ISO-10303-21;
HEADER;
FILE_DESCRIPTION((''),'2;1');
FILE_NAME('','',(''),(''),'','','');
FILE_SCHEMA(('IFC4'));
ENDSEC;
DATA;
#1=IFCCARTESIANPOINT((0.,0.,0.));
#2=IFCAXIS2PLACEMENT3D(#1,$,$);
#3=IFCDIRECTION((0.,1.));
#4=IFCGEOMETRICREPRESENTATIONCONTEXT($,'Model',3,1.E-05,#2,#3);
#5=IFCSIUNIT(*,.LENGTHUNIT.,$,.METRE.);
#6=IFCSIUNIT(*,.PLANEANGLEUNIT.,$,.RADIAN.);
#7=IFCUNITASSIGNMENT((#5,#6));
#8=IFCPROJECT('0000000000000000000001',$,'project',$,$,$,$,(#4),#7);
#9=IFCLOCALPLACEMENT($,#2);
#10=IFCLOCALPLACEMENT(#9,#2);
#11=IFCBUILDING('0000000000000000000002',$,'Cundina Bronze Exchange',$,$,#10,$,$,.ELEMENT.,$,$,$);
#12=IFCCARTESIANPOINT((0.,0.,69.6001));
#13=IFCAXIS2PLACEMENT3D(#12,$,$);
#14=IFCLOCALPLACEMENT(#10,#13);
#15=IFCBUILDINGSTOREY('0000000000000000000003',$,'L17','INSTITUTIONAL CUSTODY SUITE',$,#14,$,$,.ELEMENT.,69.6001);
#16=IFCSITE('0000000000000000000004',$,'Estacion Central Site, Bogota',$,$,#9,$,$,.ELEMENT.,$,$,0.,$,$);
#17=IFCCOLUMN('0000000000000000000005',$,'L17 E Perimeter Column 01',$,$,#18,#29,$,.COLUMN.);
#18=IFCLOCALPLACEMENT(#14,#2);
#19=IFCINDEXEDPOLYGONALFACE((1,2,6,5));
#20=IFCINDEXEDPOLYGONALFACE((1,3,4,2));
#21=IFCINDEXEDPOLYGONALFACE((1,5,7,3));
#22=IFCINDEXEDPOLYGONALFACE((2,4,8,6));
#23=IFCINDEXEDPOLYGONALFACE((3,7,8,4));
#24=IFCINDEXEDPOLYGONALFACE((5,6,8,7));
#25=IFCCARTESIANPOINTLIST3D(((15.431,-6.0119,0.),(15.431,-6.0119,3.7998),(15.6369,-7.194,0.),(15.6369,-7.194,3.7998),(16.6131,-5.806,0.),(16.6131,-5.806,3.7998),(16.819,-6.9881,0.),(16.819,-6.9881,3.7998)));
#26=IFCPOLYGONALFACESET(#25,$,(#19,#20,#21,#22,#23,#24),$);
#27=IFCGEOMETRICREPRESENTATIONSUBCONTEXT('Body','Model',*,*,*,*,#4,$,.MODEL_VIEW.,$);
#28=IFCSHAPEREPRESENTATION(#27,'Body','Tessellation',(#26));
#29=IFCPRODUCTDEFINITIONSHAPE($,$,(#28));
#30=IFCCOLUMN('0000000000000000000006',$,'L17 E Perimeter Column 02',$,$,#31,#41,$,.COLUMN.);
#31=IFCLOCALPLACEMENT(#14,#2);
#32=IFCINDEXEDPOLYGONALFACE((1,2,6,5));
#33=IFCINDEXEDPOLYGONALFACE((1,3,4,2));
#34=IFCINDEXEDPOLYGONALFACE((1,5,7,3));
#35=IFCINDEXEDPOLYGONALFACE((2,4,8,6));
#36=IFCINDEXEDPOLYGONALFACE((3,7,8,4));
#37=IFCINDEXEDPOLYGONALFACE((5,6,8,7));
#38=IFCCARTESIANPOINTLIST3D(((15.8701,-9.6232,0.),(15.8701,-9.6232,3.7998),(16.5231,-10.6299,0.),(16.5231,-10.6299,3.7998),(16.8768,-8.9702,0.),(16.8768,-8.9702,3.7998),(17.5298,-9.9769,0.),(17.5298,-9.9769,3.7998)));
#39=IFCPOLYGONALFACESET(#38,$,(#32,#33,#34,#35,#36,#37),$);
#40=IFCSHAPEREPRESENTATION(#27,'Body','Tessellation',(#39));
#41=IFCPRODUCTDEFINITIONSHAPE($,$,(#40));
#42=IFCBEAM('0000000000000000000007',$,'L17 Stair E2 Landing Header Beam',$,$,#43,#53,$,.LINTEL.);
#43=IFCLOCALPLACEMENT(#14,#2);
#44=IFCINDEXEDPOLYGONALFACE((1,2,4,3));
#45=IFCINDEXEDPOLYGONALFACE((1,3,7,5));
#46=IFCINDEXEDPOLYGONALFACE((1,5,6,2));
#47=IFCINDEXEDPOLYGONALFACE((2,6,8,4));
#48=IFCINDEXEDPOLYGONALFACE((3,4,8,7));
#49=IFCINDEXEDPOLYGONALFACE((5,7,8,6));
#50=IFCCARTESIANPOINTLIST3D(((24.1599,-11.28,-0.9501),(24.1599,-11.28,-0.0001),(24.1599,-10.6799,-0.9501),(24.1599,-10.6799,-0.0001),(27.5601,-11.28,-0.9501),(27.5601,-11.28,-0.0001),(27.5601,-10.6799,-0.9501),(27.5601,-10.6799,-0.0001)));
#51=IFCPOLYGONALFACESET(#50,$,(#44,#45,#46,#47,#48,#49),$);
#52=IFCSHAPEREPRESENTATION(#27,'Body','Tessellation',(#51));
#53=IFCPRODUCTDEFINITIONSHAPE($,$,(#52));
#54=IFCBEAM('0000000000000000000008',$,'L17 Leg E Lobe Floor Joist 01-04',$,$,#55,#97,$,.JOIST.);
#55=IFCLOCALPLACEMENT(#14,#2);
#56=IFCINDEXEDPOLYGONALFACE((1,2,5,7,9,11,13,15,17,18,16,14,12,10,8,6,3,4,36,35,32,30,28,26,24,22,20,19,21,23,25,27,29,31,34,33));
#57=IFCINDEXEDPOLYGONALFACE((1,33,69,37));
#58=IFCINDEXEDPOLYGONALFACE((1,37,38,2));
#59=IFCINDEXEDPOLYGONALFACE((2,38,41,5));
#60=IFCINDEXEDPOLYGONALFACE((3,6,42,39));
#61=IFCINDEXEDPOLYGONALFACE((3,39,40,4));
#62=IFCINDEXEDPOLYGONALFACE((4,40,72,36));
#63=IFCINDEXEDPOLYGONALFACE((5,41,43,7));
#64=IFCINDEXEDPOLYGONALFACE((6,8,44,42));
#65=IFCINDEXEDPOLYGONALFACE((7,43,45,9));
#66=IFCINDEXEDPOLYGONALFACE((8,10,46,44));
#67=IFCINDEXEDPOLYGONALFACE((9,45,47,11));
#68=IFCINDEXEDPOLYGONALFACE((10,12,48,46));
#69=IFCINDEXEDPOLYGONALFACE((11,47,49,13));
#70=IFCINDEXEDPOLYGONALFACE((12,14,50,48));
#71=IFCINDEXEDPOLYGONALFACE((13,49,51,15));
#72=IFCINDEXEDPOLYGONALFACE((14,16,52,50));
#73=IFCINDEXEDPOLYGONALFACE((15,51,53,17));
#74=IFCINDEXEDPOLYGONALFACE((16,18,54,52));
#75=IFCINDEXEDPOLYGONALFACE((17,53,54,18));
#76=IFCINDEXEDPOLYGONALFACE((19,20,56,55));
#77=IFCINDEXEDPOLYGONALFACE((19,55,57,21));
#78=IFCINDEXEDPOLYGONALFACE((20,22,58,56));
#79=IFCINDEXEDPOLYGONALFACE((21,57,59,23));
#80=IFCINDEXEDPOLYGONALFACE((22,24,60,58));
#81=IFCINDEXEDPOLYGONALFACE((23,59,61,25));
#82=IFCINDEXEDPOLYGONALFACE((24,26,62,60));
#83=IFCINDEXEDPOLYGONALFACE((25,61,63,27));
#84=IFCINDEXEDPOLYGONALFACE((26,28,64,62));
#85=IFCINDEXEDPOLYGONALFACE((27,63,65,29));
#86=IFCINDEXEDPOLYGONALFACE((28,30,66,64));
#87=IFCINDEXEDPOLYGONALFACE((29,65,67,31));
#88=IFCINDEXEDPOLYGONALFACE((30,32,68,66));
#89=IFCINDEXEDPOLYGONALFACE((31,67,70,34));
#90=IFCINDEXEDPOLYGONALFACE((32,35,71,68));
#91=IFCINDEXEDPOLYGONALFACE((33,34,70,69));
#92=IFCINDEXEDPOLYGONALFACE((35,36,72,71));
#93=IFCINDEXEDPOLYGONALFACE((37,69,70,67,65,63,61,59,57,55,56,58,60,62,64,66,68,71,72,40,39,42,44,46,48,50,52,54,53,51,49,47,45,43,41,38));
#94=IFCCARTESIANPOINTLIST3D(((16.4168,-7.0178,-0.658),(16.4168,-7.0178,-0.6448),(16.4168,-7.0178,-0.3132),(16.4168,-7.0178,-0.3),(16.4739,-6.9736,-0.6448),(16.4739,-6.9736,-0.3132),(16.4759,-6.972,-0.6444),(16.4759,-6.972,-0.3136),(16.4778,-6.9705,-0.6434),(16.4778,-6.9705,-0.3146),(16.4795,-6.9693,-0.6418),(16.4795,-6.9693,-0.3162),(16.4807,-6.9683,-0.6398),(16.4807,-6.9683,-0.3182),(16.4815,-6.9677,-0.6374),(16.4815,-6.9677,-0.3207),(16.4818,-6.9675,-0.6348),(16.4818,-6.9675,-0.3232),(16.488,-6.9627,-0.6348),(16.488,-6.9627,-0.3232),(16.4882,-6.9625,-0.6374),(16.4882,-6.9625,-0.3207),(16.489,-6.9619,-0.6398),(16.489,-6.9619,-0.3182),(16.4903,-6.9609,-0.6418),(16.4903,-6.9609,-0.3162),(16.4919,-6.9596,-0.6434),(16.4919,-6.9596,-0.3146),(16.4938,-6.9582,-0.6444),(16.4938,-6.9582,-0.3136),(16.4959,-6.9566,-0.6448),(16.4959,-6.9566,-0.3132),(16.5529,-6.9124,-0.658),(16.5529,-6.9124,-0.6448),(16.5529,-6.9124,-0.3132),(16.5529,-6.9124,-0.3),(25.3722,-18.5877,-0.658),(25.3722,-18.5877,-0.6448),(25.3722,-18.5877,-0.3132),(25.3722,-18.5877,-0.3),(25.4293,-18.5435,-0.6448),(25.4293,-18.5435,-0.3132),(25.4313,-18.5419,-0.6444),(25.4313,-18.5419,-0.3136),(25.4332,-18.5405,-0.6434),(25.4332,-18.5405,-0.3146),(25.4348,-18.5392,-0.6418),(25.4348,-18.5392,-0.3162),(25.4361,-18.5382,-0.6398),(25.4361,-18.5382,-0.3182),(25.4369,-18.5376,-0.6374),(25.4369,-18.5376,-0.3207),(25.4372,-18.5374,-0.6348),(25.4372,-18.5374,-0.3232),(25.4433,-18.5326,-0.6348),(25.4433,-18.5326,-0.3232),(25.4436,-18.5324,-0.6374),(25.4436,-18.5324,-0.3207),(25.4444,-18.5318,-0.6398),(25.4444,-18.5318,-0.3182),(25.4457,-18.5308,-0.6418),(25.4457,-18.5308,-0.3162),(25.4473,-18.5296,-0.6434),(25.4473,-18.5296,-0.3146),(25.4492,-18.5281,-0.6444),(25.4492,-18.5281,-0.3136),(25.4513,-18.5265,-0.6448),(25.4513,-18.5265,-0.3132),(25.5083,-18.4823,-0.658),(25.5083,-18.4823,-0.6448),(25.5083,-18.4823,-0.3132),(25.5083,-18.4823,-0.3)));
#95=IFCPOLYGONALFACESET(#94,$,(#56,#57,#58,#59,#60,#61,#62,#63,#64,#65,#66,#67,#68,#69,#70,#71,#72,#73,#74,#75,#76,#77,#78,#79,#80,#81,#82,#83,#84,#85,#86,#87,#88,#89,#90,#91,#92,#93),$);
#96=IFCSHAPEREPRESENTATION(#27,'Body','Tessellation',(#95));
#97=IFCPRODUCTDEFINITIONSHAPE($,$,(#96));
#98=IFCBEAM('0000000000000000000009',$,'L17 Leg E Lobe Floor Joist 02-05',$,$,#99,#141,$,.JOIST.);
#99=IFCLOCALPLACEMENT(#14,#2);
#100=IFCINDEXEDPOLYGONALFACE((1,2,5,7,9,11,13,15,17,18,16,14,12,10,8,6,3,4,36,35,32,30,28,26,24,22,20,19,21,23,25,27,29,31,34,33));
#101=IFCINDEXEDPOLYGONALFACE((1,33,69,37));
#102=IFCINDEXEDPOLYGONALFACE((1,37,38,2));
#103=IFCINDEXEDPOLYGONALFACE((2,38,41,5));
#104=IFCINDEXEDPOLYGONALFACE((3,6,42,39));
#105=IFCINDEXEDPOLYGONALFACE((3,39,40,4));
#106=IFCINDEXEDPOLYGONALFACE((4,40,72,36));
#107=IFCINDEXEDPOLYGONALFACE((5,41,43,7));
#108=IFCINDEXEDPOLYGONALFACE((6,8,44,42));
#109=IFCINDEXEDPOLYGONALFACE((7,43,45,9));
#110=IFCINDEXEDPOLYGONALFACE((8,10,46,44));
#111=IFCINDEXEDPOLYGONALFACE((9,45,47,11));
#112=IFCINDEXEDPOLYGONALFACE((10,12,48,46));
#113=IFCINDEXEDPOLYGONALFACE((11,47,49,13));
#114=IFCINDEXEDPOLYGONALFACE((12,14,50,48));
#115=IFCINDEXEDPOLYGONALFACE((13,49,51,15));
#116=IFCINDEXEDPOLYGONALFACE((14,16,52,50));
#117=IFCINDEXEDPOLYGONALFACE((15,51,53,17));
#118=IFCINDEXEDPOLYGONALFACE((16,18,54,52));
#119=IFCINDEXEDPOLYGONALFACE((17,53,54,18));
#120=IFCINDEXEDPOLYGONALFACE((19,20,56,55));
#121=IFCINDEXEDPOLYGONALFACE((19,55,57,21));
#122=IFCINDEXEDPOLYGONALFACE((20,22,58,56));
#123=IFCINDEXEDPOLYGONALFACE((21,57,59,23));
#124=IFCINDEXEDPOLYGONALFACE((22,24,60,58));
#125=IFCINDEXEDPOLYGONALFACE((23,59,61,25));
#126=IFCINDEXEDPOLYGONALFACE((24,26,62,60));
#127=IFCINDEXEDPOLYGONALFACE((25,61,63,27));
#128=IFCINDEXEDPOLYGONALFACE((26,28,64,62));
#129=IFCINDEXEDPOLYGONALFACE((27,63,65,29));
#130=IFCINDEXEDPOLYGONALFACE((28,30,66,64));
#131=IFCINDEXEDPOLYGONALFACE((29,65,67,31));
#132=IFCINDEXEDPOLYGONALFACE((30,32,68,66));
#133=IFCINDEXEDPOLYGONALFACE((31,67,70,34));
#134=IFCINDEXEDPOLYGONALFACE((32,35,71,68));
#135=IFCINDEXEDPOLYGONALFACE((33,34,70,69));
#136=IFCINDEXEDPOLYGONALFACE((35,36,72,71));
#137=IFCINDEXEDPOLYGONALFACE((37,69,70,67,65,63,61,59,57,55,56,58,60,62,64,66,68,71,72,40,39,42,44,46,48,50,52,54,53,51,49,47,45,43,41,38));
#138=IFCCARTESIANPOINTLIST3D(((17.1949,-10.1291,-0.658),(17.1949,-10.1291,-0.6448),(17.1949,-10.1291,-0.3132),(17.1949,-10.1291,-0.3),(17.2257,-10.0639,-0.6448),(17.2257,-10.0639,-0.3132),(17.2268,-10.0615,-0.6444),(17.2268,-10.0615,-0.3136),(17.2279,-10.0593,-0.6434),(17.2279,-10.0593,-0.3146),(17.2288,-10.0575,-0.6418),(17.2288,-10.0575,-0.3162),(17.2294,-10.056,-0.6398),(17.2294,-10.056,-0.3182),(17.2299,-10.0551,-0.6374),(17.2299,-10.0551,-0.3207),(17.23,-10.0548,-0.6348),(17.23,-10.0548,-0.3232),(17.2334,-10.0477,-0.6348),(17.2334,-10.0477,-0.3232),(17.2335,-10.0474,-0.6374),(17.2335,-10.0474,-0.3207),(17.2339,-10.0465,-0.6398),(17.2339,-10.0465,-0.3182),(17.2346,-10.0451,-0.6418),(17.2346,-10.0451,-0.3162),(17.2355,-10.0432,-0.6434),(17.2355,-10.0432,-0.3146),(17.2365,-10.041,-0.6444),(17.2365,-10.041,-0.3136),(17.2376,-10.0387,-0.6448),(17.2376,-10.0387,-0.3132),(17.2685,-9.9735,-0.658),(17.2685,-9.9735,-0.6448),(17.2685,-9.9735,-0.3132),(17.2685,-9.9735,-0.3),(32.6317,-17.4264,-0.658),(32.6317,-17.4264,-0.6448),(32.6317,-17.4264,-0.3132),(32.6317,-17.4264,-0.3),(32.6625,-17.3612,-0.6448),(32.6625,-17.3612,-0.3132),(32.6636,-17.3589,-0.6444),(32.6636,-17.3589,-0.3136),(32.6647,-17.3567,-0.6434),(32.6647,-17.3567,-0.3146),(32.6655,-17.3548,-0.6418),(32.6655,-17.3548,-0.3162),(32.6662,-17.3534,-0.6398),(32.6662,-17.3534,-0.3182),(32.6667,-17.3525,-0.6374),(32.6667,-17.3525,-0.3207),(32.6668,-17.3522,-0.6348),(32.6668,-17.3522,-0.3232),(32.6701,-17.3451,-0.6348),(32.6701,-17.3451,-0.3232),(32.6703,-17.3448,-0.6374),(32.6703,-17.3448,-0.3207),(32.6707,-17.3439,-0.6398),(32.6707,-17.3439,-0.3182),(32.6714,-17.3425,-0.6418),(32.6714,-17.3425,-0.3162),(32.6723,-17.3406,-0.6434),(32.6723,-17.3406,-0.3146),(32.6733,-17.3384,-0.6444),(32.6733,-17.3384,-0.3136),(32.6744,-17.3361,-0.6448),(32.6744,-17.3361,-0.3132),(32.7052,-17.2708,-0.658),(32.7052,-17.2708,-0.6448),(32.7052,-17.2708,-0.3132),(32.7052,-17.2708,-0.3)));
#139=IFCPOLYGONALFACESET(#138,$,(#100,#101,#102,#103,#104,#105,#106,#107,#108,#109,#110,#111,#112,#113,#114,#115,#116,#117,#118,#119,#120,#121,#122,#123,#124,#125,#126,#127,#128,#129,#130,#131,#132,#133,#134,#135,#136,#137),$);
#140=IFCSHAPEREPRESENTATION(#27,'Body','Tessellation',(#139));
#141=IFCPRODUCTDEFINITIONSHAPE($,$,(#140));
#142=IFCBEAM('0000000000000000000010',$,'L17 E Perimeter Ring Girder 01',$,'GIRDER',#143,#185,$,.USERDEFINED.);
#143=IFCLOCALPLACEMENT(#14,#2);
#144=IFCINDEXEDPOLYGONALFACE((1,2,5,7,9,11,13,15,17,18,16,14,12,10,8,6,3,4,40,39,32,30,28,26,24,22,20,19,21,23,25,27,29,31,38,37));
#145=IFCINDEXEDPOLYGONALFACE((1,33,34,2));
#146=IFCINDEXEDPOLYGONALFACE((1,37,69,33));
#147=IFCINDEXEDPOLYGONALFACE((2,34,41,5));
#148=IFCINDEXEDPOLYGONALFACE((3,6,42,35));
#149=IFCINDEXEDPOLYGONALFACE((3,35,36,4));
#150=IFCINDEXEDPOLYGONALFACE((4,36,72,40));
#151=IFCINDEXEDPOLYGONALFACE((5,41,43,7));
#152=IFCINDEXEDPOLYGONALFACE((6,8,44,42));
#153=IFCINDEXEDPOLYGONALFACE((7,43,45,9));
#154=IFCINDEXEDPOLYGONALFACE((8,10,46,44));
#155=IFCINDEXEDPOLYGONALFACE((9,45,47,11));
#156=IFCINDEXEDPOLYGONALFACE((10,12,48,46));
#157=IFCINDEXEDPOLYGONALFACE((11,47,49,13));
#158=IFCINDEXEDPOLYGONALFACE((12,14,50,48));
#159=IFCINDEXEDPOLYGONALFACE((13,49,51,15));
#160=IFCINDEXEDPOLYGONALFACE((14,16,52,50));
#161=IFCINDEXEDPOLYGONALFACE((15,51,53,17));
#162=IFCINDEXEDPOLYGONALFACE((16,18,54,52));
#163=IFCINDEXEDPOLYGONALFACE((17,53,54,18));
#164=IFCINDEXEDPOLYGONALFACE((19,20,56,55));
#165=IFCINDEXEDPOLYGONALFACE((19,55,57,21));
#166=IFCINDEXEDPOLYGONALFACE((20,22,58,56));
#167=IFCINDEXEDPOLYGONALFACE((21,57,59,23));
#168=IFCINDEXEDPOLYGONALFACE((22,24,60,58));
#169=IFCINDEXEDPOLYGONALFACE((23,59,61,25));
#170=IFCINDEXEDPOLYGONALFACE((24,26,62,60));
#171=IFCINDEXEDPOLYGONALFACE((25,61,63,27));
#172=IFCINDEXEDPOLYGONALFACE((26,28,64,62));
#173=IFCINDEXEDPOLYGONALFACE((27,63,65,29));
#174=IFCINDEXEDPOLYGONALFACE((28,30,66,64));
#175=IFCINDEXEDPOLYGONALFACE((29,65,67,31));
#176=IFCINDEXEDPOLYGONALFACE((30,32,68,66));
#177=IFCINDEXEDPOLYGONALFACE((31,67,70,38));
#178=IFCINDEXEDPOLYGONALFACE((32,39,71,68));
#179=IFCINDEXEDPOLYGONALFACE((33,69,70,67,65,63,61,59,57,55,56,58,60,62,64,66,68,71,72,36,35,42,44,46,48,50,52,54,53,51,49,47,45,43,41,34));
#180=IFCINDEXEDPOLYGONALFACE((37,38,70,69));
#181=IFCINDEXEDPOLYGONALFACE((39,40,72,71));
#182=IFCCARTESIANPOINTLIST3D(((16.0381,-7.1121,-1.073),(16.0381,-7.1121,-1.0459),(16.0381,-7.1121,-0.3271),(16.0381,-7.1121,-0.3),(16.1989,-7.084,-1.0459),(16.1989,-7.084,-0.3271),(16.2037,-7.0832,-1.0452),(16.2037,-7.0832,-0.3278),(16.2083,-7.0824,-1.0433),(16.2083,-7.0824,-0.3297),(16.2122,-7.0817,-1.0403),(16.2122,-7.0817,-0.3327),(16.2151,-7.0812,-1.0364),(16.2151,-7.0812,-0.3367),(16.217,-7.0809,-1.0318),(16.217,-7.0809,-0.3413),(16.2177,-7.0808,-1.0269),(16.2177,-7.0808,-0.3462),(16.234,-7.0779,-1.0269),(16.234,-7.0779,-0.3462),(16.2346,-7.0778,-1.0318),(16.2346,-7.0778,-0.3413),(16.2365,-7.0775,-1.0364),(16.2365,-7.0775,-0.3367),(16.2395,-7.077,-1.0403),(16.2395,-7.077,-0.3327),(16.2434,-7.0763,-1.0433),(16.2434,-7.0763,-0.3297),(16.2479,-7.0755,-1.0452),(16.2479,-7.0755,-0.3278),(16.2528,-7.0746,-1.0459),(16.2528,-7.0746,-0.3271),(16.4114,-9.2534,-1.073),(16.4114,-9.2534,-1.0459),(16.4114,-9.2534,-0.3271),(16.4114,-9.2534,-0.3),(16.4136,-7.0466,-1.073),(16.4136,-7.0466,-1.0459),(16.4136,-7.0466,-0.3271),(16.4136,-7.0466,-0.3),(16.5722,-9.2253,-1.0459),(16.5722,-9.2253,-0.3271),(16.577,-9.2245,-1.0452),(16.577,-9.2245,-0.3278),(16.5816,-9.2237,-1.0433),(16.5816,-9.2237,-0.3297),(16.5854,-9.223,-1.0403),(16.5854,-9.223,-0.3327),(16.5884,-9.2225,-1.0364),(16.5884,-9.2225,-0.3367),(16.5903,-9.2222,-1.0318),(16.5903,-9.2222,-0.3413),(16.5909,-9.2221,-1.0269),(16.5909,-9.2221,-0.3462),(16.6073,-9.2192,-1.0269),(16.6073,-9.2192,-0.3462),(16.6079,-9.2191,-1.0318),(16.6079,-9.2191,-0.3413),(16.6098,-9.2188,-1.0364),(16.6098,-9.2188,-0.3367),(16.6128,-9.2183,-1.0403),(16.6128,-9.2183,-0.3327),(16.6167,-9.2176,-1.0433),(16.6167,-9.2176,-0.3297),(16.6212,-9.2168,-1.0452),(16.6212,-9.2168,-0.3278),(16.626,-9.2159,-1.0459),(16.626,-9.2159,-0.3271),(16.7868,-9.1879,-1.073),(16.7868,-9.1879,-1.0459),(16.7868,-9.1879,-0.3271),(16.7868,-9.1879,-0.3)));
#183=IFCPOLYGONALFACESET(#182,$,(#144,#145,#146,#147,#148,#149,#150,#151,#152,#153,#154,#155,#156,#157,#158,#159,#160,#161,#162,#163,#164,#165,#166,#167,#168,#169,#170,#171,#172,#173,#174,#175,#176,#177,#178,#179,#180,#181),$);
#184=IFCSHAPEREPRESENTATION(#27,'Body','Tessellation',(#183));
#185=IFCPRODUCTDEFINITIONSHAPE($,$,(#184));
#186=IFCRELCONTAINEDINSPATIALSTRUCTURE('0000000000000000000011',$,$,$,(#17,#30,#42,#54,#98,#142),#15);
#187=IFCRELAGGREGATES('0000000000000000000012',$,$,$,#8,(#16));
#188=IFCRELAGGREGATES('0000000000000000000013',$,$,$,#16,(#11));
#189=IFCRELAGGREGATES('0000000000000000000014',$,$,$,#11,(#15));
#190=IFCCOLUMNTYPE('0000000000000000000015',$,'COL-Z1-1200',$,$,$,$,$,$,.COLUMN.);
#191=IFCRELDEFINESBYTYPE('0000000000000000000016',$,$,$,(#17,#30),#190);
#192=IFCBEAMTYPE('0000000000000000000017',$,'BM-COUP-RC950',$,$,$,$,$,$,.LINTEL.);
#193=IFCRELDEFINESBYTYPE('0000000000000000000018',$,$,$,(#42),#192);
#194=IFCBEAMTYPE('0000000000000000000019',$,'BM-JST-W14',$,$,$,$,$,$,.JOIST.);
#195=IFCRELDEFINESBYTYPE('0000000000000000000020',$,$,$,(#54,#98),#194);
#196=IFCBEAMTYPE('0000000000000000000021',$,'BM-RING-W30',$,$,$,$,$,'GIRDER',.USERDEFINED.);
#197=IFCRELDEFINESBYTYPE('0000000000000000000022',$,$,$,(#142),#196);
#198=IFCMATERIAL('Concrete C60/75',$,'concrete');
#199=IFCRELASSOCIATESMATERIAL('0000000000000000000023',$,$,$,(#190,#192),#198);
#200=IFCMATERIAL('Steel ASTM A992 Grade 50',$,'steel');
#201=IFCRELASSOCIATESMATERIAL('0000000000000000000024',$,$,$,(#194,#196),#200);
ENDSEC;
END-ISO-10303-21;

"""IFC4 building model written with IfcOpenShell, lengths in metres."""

from ifc_helpers import new_model, si_unit, direction, frame, origin, origin_2d, place, context, subcontext, project, spatial, rectangle, i_section, extrude, material, material_profile, profile_set, type_object, element, save


model = new_model("IFC4")

# Units and contexts
model_context = context("Model", 3, precision=1e-05, world=origin(), true_north=direction((0.0, 1.0)))
body_context = subcontext(model_context, "Body", "Model", "MODEL_VIEW")
ifc_project = project(units=[si_unit("LENGTHUNIT", "METRE"), si_unit("PLANEANGLEUNIT", "RADIAN")], contexts=[model_context])

# Site, building, storey
site_placement = place(None, origin())
site = spatial("IfcSite", under=ifc_project, at=site_placement, Name="Estacion Central Site, Bogota", CompositionType="ELEMENT", RefElevation=0.0)
building_placement = place(site_placement, origin())
building = spatial("IfcBuilding", under=site, at=building_placement, Name="Cundina Bronze Exchange", CompositionType="ELEMENT")
storey_placement = place(building_placement, frame((0.0, 0.0, 69.6001)))
storey = spatial("IfcBuildingStorey", under=building, at=storey_placement, Name="L17", Description="INSTITUTIONAL CUSTODY SUITE", CompositionType="ELEMENT", Elevation=69.6001)

# Columns
ifc_material_1 = material(Name="Concrete C60/75", Category="concrete")
ifc_material_profile_1 = material_profile(ifc_material_1, rectangle(XDim=1.2, YDim=1.2, at=origin_2d()), Name="RC1200X1200", Category="concrete")
ifc_profile_set_1 = profile_set([ifc_material_profile_1], Name="Concrete C60/75")
column_type = type_object("IfcColumnType", Name="COL-Z1-1200", PredefinedType="COLUMN", material=ifc_profile_set_1)
for number, where, z_axis, x_axis, name in (
    (1, (16.125, -6.5, 0.0), (0.0, 0.0, 1.0), (0.171585, -0.985169, 0.0), "L17 E Perimeter Column 01"),
    (2, (16.7, -9.8, 0.0), (0.0, 0.0, 1.0), (0.5442, -0.838956, 0.0), "L17 E Perimeter Column 02"),
):
    element("IfcColumn", number, at=place(storey_placement, frame(where, z_axis=z_axis, x_axis=x_axis)), inside=storey, type_object=column_type, Name=name, PredefinedType="COLUMN", context=body_context, shape_type="SweptSolid", body=[
        extrude(rectangle(XDim=1.2, YDim=1.2, at=origin_2d()), origin(), (0.0, 0.0, 1.0), 3.7998),
    ])

# Beams
ifc_material_profile_2 = material_profile(ifc_material_1, rectangle(XDim=0.6001, YDim=0.95, at=origin_2d()), Name="RC600X950", Category="concrete")
ifc_profile_set_2 = profile_set([ifc_material_profile_2], Name="Concrete C60/75")
beam_type_1 = type_object("IfcBeamType", Name="BM-COUP-RC950", PredefinedType="LINTEL", material=ifc_profile_set_2)
beam_1_placement = place(storey_placement, frame((24.1599, -10.98, -0.4751), z_axis=(1.0, 0.0, 0.0), x_axis=(0.0, 1.0, 0.0)))
element("IfcBeam", 3, at=beam_1_placement, inside=storey, type_object=beam_type_1, Name="L17 Stair E2 Landing Header Beam", PredefinedType="LINTEL", context=body_context, shape_type="SweptSolid", body=[
    extrude(rectangle(XDim=0.6001, YDim=0.95, at=origin_2d()), origin(), (0.0, 0.0, 1.0), 3.4001),
])
ifc_material_2 = material(Name="Steel ASTM A992 Grade 50", Category="steel")
ifc_material_profile_3 = material_profile(ifc_material_2, i_section(OverallWidth=0.1721, OverallDepth=0.3579, WebThickness=0.0078, FlangeThickness=0.0132, FilletRadius=0.01, at=origin_2d()), Name="W14X38", Category="steel")
ifc_profile_set_3 = profile_set([ifc_material_profile_3], Name="Steel ASTM A992 Grade 50")
beam_type_2 = type_object("IfcBeamType", Name="BM-JST-W14", PredefinedType="JOIST", material=ifc_profile_set_3)
beam_2_placement = place(storey_placement, frame((16.4849, -6.9651, -0.479), z_axis=(0.612089, -0.790789, 0.0), x_axis=(0.790789, 0.612089, 0.0)))
element("IfcBeam", 4, at=beam_2_placement, inside=storey, type_object=beam_type_2, Name="L17 Leg E Lobe Floor Joist 01-04", PredefinedType="JOIST", context=body_context, shape_type="SweptSolid", body=[
    extrude(i_section(OverallWidth=0.1721, OverallDepth=0.3579, WebThickness=0.0078, FlangeThickness=0.0132, FilletRadius=0.01, at=origin_2d()), origin(), (0.0, 0.0, 1.0), 14.6309),
])
beam_3_placement = place(storey_placement, frame((17.2317, -10.0513, -0.479), z_axis=(0.904073, -0.427379, 0.0), x_axis=(0.427379, 0.904073, 0.0)))
element("IfcBeam", 5, at=beam_3_placement, inside=storey, type_object=beam_type_2, Name="L17 Leg E Lobe Floor Joist 02-05", PredefinedType="JOIST", context=body_context, shape_type="SweptSolid", body=[
    extrude(i_section(OverallWidth=0.1721, OverallDepth=0.3579, WebThickness=0.0078, FlangeThickness=0.0132, FilletRadius=0.01, at=origin_2d()), origin(), (0.0, 0.0, 1.0), 17.0747),
])
ifc_material_profile_4 = material_profile(ifc_material_2, i_section(OverallWidth=0.3811, OverallDepth=0.7729, WebThickness=0.0166, FlangeThickness=0.0271, FilletRadius=0.019, at=origin_2d()), Name="W30X173", Category="steel")
ifc_profile_set_4 = profile_set([ifc_material_profile_4], Name="Steel ASTM A992 Grade 50")
beam_type_3 = type_object("IfcBeamType", Name="BM-RING-W30", ElementType="GIRDER", PredefinedType="USERDEFINED", material=ifc_profile_set_4)
beam_4_placement = place(storey_placement, frame((16.2258, -7.0793, -0.6865), z_axis=(0.171735, -0.985143, 0.0), x_axis=(0.985143, 0.171735, 0.0)))
element("IfcBeam", 6, at=beam_4_placement, inside=storey, type_object=beam_type_3, Name="L17 E Perimeter Ring Girder 01", ObjectType="GIRDER", PredefinedType="USERDEFINED", context=body_context, shape_type="SweptSolid", body=[
    extrude(i_section(OverallWidth=0.3811, OverallDepth=0.7729, WebThickness=0.0166, FlangeThickness=0.0271, FilletRadius=0.019, at=origin_2d()), origin(), (0.0, 0.0, 1.0), 2.1736),
])

save(model, "model.ifc")
